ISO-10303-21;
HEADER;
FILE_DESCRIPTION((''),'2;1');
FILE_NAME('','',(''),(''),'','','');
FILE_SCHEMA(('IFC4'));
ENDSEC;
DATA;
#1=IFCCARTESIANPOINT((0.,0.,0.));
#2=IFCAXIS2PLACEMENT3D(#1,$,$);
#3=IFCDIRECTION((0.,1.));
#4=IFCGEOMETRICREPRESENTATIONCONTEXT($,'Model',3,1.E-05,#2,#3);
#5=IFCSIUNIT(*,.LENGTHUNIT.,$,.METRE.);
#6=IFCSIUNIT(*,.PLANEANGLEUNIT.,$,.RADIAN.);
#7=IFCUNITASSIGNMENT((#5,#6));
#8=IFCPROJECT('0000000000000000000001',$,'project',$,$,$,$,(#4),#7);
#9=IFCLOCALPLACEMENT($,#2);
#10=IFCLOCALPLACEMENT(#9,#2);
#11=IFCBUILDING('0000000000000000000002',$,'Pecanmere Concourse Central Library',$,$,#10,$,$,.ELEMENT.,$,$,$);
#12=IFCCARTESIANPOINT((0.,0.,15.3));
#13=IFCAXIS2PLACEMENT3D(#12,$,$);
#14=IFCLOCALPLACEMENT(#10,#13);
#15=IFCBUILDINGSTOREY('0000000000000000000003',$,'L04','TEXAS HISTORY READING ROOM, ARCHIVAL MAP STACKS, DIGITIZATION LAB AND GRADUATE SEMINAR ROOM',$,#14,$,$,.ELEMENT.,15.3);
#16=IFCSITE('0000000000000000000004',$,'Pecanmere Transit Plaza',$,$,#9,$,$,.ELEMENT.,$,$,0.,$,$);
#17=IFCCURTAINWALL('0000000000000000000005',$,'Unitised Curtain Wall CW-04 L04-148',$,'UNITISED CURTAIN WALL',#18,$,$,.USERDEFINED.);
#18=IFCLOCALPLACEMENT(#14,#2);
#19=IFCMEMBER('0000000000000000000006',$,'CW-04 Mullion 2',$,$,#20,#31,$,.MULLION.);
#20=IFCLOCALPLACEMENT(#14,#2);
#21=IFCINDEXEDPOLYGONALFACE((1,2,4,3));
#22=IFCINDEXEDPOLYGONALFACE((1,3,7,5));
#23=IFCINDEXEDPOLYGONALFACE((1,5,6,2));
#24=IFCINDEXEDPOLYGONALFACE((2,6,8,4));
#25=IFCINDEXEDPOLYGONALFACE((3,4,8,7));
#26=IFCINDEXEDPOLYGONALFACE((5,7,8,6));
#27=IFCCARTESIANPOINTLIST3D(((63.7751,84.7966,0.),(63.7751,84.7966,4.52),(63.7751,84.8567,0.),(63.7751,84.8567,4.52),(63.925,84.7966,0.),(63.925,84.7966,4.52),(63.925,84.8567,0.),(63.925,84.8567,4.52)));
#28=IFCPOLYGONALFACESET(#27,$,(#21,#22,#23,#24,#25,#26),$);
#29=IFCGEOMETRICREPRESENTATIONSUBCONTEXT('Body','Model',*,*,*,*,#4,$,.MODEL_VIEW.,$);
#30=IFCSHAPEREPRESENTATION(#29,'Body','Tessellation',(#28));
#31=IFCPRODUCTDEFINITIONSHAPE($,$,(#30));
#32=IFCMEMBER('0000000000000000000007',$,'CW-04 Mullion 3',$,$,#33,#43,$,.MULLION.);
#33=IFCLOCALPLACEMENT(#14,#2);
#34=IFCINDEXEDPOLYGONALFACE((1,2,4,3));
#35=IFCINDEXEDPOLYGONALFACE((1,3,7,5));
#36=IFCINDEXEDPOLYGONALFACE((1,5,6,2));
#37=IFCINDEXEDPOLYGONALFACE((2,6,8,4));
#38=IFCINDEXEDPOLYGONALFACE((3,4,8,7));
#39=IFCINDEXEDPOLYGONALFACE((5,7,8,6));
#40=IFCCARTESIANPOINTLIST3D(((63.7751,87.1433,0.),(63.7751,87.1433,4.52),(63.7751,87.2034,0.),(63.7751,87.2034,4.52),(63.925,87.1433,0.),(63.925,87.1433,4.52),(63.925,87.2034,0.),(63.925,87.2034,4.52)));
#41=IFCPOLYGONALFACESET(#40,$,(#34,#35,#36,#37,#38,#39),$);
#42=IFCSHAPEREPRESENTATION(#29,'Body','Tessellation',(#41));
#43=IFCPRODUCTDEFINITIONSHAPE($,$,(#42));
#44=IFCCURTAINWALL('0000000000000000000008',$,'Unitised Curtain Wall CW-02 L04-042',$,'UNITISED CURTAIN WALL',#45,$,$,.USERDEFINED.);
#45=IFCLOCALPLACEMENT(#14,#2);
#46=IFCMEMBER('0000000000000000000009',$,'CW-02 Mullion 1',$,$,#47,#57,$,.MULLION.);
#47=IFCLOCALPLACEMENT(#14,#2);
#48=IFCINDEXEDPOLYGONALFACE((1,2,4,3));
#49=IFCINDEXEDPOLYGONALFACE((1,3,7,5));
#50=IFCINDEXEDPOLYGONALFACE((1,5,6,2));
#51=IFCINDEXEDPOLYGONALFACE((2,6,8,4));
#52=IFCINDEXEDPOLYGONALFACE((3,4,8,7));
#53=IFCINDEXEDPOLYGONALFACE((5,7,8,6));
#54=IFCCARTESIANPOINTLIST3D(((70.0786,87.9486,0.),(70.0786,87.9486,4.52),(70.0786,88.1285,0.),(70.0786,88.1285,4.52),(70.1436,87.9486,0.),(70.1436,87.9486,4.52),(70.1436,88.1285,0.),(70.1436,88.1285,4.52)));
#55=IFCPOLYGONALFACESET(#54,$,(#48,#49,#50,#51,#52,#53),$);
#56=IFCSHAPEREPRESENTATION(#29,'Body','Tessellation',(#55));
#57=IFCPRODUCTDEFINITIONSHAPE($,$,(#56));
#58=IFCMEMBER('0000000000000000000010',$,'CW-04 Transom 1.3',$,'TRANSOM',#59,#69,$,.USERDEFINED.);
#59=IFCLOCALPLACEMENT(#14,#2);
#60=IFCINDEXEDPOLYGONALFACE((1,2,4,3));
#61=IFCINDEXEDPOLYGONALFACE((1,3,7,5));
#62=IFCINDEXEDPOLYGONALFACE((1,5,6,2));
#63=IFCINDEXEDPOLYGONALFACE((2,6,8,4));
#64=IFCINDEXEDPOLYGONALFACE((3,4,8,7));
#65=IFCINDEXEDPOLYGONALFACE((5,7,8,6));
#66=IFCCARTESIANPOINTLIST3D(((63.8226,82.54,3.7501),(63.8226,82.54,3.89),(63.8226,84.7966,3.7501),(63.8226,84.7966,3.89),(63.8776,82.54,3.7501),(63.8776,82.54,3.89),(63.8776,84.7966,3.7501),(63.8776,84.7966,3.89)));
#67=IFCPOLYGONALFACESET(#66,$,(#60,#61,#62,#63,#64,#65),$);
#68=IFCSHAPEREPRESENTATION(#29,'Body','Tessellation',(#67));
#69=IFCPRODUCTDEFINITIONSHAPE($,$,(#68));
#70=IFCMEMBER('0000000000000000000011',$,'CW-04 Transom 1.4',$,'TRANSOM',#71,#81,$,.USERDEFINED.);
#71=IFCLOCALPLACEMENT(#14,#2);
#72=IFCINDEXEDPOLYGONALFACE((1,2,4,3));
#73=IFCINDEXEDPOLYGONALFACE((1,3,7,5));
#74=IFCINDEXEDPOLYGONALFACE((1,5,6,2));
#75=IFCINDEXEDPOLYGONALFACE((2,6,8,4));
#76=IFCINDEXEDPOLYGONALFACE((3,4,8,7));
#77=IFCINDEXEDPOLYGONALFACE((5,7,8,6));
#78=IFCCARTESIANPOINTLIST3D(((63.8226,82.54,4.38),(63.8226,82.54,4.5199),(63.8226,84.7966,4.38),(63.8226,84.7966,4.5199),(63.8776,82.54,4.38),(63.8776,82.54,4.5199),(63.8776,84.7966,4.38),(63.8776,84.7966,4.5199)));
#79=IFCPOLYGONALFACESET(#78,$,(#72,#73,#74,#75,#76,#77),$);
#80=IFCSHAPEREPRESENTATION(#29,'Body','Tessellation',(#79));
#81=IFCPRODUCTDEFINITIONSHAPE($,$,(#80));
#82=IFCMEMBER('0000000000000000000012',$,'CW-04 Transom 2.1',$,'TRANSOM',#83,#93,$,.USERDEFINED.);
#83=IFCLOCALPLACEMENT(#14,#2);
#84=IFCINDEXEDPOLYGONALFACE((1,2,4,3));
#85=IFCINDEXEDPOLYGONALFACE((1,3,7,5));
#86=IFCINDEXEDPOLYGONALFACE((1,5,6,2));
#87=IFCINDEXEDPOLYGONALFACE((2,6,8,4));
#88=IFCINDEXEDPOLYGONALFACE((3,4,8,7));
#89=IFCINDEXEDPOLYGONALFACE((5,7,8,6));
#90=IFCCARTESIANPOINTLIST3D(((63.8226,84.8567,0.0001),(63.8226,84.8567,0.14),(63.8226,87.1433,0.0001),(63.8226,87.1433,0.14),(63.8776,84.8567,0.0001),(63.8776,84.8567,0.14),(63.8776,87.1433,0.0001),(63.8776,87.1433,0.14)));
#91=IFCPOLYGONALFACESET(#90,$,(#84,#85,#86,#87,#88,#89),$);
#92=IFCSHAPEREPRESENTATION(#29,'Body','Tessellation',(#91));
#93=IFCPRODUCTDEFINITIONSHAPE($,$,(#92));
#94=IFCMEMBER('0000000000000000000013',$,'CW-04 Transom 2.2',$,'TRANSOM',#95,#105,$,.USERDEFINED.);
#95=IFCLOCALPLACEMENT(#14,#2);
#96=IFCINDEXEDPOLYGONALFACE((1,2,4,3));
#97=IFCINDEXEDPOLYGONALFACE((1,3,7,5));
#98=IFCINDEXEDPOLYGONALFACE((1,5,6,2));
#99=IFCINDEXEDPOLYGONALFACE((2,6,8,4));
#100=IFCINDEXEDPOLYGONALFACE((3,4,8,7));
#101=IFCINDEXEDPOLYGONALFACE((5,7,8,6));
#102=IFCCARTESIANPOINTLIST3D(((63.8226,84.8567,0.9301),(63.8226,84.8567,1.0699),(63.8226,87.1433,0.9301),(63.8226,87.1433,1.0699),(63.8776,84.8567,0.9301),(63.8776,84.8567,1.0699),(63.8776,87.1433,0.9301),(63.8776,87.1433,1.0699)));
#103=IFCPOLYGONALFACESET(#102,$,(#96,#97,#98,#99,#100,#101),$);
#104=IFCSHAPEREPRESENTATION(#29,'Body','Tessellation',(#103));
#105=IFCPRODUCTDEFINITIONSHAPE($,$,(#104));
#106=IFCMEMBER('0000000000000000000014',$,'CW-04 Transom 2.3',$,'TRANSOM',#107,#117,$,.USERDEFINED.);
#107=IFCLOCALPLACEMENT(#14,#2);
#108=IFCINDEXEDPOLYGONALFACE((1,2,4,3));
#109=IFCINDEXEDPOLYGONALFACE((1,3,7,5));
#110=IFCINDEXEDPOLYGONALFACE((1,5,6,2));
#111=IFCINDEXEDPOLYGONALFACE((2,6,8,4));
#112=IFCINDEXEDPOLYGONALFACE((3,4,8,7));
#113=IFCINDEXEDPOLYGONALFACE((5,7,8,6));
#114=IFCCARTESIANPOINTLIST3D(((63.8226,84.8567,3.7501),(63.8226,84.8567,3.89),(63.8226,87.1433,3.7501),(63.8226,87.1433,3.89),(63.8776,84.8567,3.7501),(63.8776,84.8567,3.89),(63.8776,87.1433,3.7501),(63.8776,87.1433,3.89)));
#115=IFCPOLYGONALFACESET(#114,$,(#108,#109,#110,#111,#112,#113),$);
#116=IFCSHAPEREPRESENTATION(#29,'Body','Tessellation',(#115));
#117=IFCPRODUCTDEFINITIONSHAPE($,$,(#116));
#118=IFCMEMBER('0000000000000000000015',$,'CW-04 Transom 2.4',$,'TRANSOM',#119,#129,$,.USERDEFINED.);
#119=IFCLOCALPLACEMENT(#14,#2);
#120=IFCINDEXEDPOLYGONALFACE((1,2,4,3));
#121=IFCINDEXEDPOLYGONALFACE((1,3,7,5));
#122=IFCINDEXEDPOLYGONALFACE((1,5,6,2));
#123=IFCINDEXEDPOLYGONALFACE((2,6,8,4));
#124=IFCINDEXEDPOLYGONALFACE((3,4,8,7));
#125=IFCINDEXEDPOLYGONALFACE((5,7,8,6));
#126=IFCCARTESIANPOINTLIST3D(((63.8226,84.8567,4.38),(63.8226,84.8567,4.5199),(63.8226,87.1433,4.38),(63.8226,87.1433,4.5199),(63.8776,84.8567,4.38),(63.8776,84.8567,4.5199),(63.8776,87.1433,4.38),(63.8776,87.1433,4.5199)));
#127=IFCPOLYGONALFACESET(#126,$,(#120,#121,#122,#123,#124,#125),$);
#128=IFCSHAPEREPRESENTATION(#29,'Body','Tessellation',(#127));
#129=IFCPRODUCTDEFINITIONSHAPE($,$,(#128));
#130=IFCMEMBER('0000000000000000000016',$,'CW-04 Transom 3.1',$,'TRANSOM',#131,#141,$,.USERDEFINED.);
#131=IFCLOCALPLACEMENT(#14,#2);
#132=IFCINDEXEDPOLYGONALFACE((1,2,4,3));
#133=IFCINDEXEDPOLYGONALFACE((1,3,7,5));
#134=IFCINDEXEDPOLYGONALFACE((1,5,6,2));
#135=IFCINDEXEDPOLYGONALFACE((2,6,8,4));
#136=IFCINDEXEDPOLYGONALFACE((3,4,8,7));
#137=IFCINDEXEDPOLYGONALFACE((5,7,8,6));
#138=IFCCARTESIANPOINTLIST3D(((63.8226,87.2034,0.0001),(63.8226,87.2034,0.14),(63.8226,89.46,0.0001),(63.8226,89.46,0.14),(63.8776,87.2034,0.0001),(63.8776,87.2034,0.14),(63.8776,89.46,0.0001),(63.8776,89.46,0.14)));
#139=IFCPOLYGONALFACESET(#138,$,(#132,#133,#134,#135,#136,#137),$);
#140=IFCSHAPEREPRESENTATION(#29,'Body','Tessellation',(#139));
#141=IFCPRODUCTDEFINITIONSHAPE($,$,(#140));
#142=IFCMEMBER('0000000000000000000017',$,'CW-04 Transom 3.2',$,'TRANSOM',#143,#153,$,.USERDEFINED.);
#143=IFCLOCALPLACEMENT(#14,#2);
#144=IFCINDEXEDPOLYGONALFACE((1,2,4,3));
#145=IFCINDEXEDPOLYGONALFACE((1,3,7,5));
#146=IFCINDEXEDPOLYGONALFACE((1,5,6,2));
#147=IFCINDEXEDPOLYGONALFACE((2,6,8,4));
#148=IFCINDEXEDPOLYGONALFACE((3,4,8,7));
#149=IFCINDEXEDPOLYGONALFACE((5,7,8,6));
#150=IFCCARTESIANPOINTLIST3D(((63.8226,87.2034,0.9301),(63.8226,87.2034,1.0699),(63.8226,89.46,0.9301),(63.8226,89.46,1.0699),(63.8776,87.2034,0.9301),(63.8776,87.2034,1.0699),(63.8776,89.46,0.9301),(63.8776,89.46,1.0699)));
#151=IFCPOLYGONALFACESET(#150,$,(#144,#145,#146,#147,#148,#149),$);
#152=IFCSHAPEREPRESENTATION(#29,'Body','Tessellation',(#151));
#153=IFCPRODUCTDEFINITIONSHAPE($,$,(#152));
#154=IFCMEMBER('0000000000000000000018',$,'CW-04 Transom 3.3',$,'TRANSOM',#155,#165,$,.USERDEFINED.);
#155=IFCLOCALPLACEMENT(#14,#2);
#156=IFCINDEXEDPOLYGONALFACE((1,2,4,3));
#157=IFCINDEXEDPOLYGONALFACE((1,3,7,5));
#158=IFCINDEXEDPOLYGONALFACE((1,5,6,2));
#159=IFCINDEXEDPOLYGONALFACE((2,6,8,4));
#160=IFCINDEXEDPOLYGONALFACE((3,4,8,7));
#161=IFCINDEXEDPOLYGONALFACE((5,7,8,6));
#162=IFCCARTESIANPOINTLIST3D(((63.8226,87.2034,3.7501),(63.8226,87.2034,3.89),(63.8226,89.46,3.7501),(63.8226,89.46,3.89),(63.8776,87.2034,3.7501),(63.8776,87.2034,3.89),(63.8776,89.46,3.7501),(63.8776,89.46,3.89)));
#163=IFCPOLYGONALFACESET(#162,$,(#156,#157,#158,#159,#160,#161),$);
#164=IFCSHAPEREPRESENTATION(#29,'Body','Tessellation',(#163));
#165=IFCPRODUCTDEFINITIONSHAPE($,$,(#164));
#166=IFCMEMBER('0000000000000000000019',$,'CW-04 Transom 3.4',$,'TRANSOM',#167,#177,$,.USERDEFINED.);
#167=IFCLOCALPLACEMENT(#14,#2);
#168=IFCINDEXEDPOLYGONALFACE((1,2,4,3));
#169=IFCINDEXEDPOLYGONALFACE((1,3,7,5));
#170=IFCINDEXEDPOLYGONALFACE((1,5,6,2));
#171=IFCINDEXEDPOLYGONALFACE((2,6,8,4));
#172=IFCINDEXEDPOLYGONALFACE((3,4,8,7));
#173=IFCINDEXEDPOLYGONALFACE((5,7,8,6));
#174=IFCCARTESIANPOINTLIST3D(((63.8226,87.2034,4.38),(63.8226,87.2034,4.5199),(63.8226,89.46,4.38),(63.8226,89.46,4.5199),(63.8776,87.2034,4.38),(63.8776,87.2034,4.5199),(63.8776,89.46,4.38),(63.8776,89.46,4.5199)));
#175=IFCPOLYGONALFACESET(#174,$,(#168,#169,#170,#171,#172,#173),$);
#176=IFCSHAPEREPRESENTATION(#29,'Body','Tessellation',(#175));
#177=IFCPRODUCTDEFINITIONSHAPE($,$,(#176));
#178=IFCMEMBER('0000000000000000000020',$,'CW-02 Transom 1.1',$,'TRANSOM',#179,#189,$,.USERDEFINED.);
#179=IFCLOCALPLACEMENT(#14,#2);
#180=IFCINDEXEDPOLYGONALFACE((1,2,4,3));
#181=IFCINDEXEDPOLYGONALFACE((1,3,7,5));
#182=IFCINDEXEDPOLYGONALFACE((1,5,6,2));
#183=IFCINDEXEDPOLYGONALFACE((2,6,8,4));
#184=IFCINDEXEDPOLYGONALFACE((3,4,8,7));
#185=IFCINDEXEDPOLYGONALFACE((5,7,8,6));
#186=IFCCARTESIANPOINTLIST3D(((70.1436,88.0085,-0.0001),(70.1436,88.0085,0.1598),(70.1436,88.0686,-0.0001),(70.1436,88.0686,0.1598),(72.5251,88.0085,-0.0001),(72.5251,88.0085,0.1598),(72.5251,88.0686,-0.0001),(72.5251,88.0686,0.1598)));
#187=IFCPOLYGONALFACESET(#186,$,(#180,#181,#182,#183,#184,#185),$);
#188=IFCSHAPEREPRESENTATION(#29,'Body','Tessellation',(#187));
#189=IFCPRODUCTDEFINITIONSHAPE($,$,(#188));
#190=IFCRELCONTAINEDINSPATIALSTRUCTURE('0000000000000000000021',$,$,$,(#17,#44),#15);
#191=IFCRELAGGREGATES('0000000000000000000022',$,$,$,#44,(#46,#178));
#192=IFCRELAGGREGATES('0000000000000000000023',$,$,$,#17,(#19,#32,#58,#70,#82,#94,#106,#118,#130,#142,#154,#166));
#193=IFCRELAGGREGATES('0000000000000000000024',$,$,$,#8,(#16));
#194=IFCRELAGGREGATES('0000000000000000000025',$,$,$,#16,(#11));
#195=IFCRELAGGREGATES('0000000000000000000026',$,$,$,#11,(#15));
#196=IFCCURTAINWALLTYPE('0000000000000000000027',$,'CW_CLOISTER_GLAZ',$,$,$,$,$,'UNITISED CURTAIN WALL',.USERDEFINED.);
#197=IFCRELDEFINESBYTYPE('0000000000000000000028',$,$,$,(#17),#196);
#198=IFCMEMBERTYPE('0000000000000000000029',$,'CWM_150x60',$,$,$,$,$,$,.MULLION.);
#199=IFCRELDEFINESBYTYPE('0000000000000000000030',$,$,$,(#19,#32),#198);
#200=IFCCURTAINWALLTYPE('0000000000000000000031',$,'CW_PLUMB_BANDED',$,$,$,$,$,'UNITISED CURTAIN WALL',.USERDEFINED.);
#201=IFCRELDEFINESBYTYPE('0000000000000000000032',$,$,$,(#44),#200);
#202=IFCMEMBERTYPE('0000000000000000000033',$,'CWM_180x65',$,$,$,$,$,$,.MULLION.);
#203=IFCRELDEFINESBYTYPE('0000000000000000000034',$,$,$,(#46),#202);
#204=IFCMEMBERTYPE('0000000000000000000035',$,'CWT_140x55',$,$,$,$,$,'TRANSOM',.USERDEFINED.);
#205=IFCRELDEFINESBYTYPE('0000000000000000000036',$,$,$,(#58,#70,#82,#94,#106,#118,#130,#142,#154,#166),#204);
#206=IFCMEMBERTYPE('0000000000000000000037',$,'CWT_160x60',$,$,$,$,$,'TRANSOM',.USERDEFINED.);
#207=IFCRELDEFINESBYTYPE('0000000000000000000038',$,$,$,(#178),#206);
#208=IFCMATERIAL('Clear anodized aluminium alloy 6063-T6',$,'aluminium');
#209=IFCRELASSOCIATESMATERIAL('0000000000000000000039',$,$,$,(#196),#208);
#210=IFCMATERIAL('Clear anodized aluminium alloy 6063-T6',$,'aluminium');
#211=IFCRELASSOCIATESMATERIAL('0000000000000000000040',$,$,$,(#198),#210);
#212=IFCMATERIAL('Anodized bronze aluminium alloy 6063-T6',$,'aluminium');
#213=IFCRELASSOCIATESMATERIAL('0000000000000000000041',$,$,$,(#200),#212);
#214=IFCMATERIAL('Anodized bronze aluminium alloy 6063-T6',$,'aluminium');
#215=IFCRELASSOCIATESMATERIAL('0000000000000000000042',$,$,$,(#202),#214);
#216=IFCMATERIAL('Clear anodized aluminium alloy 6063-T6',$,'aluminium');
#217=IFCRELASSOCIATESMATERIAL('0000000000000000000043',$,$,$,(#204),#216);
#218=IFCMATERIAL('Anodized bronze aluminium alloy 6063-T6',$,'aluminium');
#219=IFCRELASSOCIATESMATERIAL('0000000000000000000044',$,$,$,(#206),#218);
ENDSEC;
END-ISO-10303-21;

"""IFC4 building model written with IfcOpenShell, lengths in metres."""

from ifc_helpers import new_model, si_unit, direction, frame, origin, origin_2d, place, context, subcontext, project, spatial, rectangle, extrude, material, material_profile, profile_set, type_object, element, aggregate, save


model = new_model("IFC4")

# Units and contexts
model_context = context("Model", 3, precision=1e-05, world=origin(), true_north=direction((0.0, 1.0)))
body_context = subcontext(model_context, "Body", "Model", "MODEL_VIEW")
ifc_project = project(units=[si_unit("LENGTHUNIT", "METRE"), si_unit("PLANEANGLEUNIT", "RADIAN")], contexts=[model_context])

# Site, building, storey
site_placement = place(None, origin())
site = spatial("IfcSite", under=ifc_project, at=site_placement, Name="Pecanmere Transit Plaza", CompositionType="ELEMENT", RefElevation=0.0)
building_placement = place(site_placement, origin())
building = spatial("IfcBuilding", under=site, at=building_placement, Name="Pecanmere Concourse Central Library", CompositionType="ELEMENT")
storey_placement = place(building_placement, frame((0.0, 0.0, 15.3)))
storey = spatial("IfcBuildingStorey", under=building, at=storey_placement, Name="L04", Description="TEXAS HISTORY READING ROOM, ARCHIVAL MAP STACKS, DIGITIZATION LAB AND GRADUATE SEMINAR ROOM", CompositionType="ELEMENT", Elevation=15.3)

# Curtain wall, members
ifc_material_1 = material(Name="Clear anodized aluminium alloy 6063-T6", Category="aluminium")
curtain_wall_type_1 = type_object("IfcCurtainWallType", Name="CW_CLOISTER_GLAZ", ElementType="UNITISED CURTAIN WALL", PredefinedType="USERDEFINED", material=ifc_material_1)
curtain_wall_1_placement = place(storey_placement, origin())
curtain_wall_1 = element("IfcCurtainWall", 1, at=curtain_wall_1_placement, inside=storey, type_object=curtain_wall_type_1, Name="Unitised Curtain Wall CW-04 L04-148", ObjectType="UNITISED CURTAIN WALL", PredefinedType="USERDEFINED")
ifc_material_2 = material(Name="Clear anodized aluminium alloy 6063-T6", Category="aluminium")
ifc_material_profile_1 = material_profile(ifc_material_2, rectangle(XDim=0.0601, YDim=0.1499, at=origin_2d()), Name="AL 60x150")
ifc_profile_set_1 = profile_set([ifc_material_profile_1], Name="Clear anodized aluminium alloy 6063-T6")
member_type_1 = type_object("IfcMemberType", Name="CWM_150x60", PredefinedType="MULLION", material=ifc_profile_set_1)
member_1_placement = place(storey_placement, frame((63.8501, 84.8267, 0.0), z_axis=(0.0, 0.0, 1.0), x_axis=(0.0, 1.0, 0.0)))
member_1 = element("IfcMember", 2, at=member_1_placement, type_object=member_type_1, Name="CW-04 Mullion 2", PredefinedType="MULLION", context=body_context, shape_type="SweptSolid", body=[
    extrude(rectangle(XDim=0.0601, YDim=0.1499, at=origin_2d()), origin(), (0.0, 0.0, 1.0), 4.52),
])
member_2_placement = place(storey_placement, frame((63.8501, 87.1733, 0.0), z_axis=(0.0, 0.0, 1.0), x_axis=(0.0, 1.0, 0.0)))
member_2 = element("IfcMember", 3, at=member_2_placement, type_object=member_type_1, Name="CW-04 Mullion 3", PredefinedType="MULLION", context=body_context, shape_type="SweptSolid", body=[
    extrude(rectangle(XDim=0.0601, YDim=0.1499, at=origin_2d()), origin(), (0.0, 0.0, 1.0), 4.52),
])

# Curtain wall, member
ifc_material_3 = material(Name="Anodized bronze aluminium alloy 6063-T6", Category="aluminium")
curtain_wall_type_2 = type_object("IfcCurtainWallType", Name="CW_PLUMB_BANDED", ElementType="UNITISED CURTAIN WALL", PredefinedType="USERDEFINED", material=ifc_material_3)
curtain_wall_2_placement = place(storey_placement, origin())
curtain_wall_2 = element("IfcCurtainWall", 4, at=curtain_wall_2_placement, inside=storey, type_object=curtain_wall_type_2, Name="Unitised Curtain Wall CW-02 L04-042", ObjectType="UNITISED CURTAIN WALL", PredefinedType="USERDEFINED")
ifc_material_4 = material(Name="Anodized bronze aluminium alloy 6063-T6", Category="aluminium")
ifc_material_profile_2 = material_profile(ifc_material_4, rectangle(XDim=0.0649, YDim=0.1799, at=origin_2d()), Name="AL 65x180")
ifc_profile_set_2 = profile_set([ifc_material_profile_2], Name="Anodized bronze aluminium alloy 6063-T6")
member_type_2 = type_object("IfcMemberType", Name="CWM_180x65", PredefinedType="MULLION", material=ifc_profile_set_2)
member_3_placement = place(storey_placement, frame((70.1111, 88.0386, 0.0), z_axis=(0.0, 0.0, 1.0), x_axis=(1.0, 0.0, 0.0)))
member_3 = element("IfcMember", 5, at=member_3_placement, type_object=member_type_2, Name="CW-02 Mullion 1", PredefinedType="MULLION", context=body_context, shape_type="SweptSolid", body=[
    extrude(rectangle(XDim=0.0649, YDim=0.1799, at=origin_2d()), origin(), (0.0, 0.0, 1.0), 4.52),
])

# Members
ifc_material_5 = material(Name="Clear anodized aluminium alloy 6063-T6", Category="aluminium")
ifc_material_profile_3 = material_profile(ifc_material_5, rectangle(XDim=0.0549, YDim=0.1399, at=origin_2d()), Name="AL 55x140")
ifc_profile_set_3 = profile_set([ifc_material_profile_3], Name="Clear anodized aluminium alloy 6063-T6")
member_type_3 = type_object("IfcMemberType", Name="CWT_140x55", ElementType="TRANSOM", PredefinedType="USERDEFINED", material=ifc_profile_set_3)
member_4_placement = place(storey_placement, frame((63.8501, 82.54, 3.8201), z_axis=(0.0, 1.0, 0.0), x_axis=(-1.0, 0.0, 0.0)))
member_4 = element("IfcMember", 6, at=member_4_placement, type_object=member_type_3, Name="CW-04 Transom 1.3", ObjectType="TRANSOM", PredefinedType="USERDEFINED", context=body_context, shape_type="SweptSolid", body=[
    extrude(rectangle(XDim=0.0549, YDim=0.1399, at=origin_2d()), origin(), (0.0, 0.0, 1.0), 2.2566),
])
member_5_placement = place(storey_placement, frame((63.8501, 82.54, 4.45), z_axis=(0.0, 1.0, 0.0), x_axis=(-1.0, 0.0, 0.0)))
member_5 = element("IfcMember", 7, at=member_5_placement, type_object=member_type_3, Name="CW-04 Transom 1.4", ObjectType="TRANSOM", PredefinedType="USERDEFINED", context=body_context, shape_type="SweptSolid", body=[
    extrude(rectangle(XDim=0.0549, YDim=0.1399, at=origin_2d()), origin(), (0.0, 0.0, 1.0), 2.2566),
])
member_6_placement = place(storey_placement, frame((63.8501, 84.8567, 0.0701), z_axis=(0.0, 1.0, 0.0), x_axis=(-1.0, 0.0, 0.0)))
member_6 = element("IfcMember", 8, at=member_6_placement, type_object=member_type_3, Name="CW-04 Transom 2.1", ObjectType="TRANSOM", PredefinedType="USERDEFINED", context=body_context, shape_type="SweptSolid", body=[
    extrude(rectangle(XDim=0.0549, YDim=0.1399, at=origin_2d()), origin(), (0.0, 0.0, 1.0), 2.2866),
])
member_7_placement = place(storey_placement, frame((63.8501, 84.8567, 1.0), z_axis=(0.0, 1.0, 0.0), x_axis=(-1.0, 0.0, 0.0)))
member_7 = element("IfcMember", 9, at=member_7_placement, type_object=member_type_3, Name="CW-04 Transom 2.2", ObjectType="TRANSOM", PredefinedType="USERDEFINED", context=body_context, shape_type="SweptSolid", body=[
    extrude(rectangle(XDim=0.0549, YDim=0.1399, at=origin_2d()), origin(), (0.0, 0.0, 1.0), 2.2866),
])
member_8_placement = place(storey_placement, frame((63.8501, 84.8567, 3.8201), z_axis=(0.0, 1.0, 0.0), x_axis=(-1.0, 0.0, 0.0)))
member_8 = element("IfcMember", 10, at=member_8_placement, type_object=member_type_3, Name="CW-04 Transom 2.3", ObjectType="TRANSOM", PredefinedType="USERDEFINED", context=body_context, shape_type="SweptSolid", body=[
    extrude(rectangle(XDim=0.0549, YDim=0.1399, at=origin_2d()), origin(), (0.0, 0.0, 1.0), 2.2866),
])
member_9_placement = place(storey_placement, frame((63.8501, 84.8567, 4.45), z_axis=(0.0, 1.0, 0.0), x_axis=(-1.0, 0.0, 0.0)))
member_9 = element("IfcMember", 11, at=member_9_placement, type_object=member_type_3, Name="CW-04 Transom 2.4", ObjectType="TRANSOM", PredefinedType="USERDEFINED", context=body_context, shape_type="SweptSolid", body=[
    extrude(rectangle(XDim=0.0549, YDim=0.1399, at=origin_2d()), origin(), (0.0, 0.0, 1.0), 2.2866),
])
member_10_placement = place(storey_placement, frame((63.8501, 87.2034, 0.0701), z_axis=(0.0, 1.0, 0.0), x_axis=(-1.0, 0.0, 0.0)))
member_10 = element("IfcMember", 12, at=member_10_placement, type_object=member_type_3, Name="CW-04 Transom 3.1", ObjectType="TRANSOM", PredefinedType="USERDEFINED", context=body_context, shape_type="SweptSolid", body=[
    extrude(rectangle(XDim=0.0549, YDim=0.1399, at=origin_2d()), origin(), (0.0, 0.0, 1.0), 2.2566),
])
member_11_placement = place(storey_placement, frame((63.8501, 87.2034, 1.0), z_axis=(0.0, 1.0, 0.0), x_axis=(-1.0, 0.0, 0.0)))
member_11 = element("IfcMember", 13, at=member_11_placement, type_object=member_type_3, Name="CW-04 Transom 3.2", ObjectType="TRANSOM", PredefinedType="USERDEFINED", context=body_context, shape_type="SweptSolid", body=[
    extrude(rectangle(XDim=0.0549, YDim=0.1399, at=origin_2d()), origin(), (0.0, 0.0, 1.0), 2.2566),
])
member_12_placement = place(storey_placement, frame((63.8501, 87.2034, 3.8201), z_axis=(0.0, 1.0, 0.0), x_axis=(-1.0, 0.0, 0.0)))
member_12 = element("IfcMember", 14, at=member_12_placement, type_object=member_type_3, Name="CW-04 Transom 3.3", ObjectType="TRANSOM", PredefinedType="USERDEFINED", context=body_context, shape_type="SweptSolid", body=[
    extrude(rectangle(XDim=0.0549, YDim=0.1399, at=origin_2d()), origin(), (0.0, 0.0, 1.0), 2.2566),
])
member_13_placement = place(storey_placement, frame((63.8501, 87.2034, 4.45), z_axis=(0.0, 1.0, 0.0), x_axis=(-1.0, 0.0, 0.0)))
member_13 = element("IfcMember", 15, at=member_13_placement, type_object=member_type_3, Name="CW-04 Transom 3.4", ObjectType="TRANSOM", PredefinedType="USERDEFINED", context=body_context, shape_type="SweptSolid", body=[
    extrude(rectangle(XDim=0.0549, YDim=0.1399, at=origin_2d()), origin(), (0.0, 0.0, 1.0), 2.2566),
])
ifc_material_6 = material(Name="Anodized bronze aluminium alloy 6063-T6", Category="aluminium")
ifc_material_profile_4 = material_profile(ifc_material_6, rectangle(XDim=0.0601, YDim=0.1599, at=origin_2d()), Name="AL 60x160")
ifc_profile_set_4 = profile_set([ifc_material_profile_4], Name="Anodized bronze aluminium alloy 6063-T6")
member_type_4 = type_object("IfcMemberType", Name="CWT_160x60", ElementType="TRANSOM", PredefinedType="USERDEFINED", material=ifc_profile_set_4)
member_14_placement = place(storey_placement, frame((70.1436, 88.0386, 0.0798), z_axis=(1.0, 0.0, 0.0), x_axis=(0.0, 1.0, 0.0)))
member_14 = element("IfcMember", 16, at=member_14_placement, type_object=member_type_4, Name="CW-02 Transom 1.1", ObjectType="TRANSOM", PredefinedType="USERDEFINED", context=body_context, shape_type="SweptSolid", body=[
    extrude(rectangle(XDim=0.0601, YDim=0.1599, at=origin_2d()), origin(), (0.0, 0.0, 1.0), 2.3816),
])

aggregate(curtain_wall_2, [member_3, member_14])
aggregate(curtain_wall_1, [member_1, member_2, member_4, member_5, member_6, member_7, member_8, member_9, member_10, member_11, member_12, member_13])

save(model, "model.ifc")
